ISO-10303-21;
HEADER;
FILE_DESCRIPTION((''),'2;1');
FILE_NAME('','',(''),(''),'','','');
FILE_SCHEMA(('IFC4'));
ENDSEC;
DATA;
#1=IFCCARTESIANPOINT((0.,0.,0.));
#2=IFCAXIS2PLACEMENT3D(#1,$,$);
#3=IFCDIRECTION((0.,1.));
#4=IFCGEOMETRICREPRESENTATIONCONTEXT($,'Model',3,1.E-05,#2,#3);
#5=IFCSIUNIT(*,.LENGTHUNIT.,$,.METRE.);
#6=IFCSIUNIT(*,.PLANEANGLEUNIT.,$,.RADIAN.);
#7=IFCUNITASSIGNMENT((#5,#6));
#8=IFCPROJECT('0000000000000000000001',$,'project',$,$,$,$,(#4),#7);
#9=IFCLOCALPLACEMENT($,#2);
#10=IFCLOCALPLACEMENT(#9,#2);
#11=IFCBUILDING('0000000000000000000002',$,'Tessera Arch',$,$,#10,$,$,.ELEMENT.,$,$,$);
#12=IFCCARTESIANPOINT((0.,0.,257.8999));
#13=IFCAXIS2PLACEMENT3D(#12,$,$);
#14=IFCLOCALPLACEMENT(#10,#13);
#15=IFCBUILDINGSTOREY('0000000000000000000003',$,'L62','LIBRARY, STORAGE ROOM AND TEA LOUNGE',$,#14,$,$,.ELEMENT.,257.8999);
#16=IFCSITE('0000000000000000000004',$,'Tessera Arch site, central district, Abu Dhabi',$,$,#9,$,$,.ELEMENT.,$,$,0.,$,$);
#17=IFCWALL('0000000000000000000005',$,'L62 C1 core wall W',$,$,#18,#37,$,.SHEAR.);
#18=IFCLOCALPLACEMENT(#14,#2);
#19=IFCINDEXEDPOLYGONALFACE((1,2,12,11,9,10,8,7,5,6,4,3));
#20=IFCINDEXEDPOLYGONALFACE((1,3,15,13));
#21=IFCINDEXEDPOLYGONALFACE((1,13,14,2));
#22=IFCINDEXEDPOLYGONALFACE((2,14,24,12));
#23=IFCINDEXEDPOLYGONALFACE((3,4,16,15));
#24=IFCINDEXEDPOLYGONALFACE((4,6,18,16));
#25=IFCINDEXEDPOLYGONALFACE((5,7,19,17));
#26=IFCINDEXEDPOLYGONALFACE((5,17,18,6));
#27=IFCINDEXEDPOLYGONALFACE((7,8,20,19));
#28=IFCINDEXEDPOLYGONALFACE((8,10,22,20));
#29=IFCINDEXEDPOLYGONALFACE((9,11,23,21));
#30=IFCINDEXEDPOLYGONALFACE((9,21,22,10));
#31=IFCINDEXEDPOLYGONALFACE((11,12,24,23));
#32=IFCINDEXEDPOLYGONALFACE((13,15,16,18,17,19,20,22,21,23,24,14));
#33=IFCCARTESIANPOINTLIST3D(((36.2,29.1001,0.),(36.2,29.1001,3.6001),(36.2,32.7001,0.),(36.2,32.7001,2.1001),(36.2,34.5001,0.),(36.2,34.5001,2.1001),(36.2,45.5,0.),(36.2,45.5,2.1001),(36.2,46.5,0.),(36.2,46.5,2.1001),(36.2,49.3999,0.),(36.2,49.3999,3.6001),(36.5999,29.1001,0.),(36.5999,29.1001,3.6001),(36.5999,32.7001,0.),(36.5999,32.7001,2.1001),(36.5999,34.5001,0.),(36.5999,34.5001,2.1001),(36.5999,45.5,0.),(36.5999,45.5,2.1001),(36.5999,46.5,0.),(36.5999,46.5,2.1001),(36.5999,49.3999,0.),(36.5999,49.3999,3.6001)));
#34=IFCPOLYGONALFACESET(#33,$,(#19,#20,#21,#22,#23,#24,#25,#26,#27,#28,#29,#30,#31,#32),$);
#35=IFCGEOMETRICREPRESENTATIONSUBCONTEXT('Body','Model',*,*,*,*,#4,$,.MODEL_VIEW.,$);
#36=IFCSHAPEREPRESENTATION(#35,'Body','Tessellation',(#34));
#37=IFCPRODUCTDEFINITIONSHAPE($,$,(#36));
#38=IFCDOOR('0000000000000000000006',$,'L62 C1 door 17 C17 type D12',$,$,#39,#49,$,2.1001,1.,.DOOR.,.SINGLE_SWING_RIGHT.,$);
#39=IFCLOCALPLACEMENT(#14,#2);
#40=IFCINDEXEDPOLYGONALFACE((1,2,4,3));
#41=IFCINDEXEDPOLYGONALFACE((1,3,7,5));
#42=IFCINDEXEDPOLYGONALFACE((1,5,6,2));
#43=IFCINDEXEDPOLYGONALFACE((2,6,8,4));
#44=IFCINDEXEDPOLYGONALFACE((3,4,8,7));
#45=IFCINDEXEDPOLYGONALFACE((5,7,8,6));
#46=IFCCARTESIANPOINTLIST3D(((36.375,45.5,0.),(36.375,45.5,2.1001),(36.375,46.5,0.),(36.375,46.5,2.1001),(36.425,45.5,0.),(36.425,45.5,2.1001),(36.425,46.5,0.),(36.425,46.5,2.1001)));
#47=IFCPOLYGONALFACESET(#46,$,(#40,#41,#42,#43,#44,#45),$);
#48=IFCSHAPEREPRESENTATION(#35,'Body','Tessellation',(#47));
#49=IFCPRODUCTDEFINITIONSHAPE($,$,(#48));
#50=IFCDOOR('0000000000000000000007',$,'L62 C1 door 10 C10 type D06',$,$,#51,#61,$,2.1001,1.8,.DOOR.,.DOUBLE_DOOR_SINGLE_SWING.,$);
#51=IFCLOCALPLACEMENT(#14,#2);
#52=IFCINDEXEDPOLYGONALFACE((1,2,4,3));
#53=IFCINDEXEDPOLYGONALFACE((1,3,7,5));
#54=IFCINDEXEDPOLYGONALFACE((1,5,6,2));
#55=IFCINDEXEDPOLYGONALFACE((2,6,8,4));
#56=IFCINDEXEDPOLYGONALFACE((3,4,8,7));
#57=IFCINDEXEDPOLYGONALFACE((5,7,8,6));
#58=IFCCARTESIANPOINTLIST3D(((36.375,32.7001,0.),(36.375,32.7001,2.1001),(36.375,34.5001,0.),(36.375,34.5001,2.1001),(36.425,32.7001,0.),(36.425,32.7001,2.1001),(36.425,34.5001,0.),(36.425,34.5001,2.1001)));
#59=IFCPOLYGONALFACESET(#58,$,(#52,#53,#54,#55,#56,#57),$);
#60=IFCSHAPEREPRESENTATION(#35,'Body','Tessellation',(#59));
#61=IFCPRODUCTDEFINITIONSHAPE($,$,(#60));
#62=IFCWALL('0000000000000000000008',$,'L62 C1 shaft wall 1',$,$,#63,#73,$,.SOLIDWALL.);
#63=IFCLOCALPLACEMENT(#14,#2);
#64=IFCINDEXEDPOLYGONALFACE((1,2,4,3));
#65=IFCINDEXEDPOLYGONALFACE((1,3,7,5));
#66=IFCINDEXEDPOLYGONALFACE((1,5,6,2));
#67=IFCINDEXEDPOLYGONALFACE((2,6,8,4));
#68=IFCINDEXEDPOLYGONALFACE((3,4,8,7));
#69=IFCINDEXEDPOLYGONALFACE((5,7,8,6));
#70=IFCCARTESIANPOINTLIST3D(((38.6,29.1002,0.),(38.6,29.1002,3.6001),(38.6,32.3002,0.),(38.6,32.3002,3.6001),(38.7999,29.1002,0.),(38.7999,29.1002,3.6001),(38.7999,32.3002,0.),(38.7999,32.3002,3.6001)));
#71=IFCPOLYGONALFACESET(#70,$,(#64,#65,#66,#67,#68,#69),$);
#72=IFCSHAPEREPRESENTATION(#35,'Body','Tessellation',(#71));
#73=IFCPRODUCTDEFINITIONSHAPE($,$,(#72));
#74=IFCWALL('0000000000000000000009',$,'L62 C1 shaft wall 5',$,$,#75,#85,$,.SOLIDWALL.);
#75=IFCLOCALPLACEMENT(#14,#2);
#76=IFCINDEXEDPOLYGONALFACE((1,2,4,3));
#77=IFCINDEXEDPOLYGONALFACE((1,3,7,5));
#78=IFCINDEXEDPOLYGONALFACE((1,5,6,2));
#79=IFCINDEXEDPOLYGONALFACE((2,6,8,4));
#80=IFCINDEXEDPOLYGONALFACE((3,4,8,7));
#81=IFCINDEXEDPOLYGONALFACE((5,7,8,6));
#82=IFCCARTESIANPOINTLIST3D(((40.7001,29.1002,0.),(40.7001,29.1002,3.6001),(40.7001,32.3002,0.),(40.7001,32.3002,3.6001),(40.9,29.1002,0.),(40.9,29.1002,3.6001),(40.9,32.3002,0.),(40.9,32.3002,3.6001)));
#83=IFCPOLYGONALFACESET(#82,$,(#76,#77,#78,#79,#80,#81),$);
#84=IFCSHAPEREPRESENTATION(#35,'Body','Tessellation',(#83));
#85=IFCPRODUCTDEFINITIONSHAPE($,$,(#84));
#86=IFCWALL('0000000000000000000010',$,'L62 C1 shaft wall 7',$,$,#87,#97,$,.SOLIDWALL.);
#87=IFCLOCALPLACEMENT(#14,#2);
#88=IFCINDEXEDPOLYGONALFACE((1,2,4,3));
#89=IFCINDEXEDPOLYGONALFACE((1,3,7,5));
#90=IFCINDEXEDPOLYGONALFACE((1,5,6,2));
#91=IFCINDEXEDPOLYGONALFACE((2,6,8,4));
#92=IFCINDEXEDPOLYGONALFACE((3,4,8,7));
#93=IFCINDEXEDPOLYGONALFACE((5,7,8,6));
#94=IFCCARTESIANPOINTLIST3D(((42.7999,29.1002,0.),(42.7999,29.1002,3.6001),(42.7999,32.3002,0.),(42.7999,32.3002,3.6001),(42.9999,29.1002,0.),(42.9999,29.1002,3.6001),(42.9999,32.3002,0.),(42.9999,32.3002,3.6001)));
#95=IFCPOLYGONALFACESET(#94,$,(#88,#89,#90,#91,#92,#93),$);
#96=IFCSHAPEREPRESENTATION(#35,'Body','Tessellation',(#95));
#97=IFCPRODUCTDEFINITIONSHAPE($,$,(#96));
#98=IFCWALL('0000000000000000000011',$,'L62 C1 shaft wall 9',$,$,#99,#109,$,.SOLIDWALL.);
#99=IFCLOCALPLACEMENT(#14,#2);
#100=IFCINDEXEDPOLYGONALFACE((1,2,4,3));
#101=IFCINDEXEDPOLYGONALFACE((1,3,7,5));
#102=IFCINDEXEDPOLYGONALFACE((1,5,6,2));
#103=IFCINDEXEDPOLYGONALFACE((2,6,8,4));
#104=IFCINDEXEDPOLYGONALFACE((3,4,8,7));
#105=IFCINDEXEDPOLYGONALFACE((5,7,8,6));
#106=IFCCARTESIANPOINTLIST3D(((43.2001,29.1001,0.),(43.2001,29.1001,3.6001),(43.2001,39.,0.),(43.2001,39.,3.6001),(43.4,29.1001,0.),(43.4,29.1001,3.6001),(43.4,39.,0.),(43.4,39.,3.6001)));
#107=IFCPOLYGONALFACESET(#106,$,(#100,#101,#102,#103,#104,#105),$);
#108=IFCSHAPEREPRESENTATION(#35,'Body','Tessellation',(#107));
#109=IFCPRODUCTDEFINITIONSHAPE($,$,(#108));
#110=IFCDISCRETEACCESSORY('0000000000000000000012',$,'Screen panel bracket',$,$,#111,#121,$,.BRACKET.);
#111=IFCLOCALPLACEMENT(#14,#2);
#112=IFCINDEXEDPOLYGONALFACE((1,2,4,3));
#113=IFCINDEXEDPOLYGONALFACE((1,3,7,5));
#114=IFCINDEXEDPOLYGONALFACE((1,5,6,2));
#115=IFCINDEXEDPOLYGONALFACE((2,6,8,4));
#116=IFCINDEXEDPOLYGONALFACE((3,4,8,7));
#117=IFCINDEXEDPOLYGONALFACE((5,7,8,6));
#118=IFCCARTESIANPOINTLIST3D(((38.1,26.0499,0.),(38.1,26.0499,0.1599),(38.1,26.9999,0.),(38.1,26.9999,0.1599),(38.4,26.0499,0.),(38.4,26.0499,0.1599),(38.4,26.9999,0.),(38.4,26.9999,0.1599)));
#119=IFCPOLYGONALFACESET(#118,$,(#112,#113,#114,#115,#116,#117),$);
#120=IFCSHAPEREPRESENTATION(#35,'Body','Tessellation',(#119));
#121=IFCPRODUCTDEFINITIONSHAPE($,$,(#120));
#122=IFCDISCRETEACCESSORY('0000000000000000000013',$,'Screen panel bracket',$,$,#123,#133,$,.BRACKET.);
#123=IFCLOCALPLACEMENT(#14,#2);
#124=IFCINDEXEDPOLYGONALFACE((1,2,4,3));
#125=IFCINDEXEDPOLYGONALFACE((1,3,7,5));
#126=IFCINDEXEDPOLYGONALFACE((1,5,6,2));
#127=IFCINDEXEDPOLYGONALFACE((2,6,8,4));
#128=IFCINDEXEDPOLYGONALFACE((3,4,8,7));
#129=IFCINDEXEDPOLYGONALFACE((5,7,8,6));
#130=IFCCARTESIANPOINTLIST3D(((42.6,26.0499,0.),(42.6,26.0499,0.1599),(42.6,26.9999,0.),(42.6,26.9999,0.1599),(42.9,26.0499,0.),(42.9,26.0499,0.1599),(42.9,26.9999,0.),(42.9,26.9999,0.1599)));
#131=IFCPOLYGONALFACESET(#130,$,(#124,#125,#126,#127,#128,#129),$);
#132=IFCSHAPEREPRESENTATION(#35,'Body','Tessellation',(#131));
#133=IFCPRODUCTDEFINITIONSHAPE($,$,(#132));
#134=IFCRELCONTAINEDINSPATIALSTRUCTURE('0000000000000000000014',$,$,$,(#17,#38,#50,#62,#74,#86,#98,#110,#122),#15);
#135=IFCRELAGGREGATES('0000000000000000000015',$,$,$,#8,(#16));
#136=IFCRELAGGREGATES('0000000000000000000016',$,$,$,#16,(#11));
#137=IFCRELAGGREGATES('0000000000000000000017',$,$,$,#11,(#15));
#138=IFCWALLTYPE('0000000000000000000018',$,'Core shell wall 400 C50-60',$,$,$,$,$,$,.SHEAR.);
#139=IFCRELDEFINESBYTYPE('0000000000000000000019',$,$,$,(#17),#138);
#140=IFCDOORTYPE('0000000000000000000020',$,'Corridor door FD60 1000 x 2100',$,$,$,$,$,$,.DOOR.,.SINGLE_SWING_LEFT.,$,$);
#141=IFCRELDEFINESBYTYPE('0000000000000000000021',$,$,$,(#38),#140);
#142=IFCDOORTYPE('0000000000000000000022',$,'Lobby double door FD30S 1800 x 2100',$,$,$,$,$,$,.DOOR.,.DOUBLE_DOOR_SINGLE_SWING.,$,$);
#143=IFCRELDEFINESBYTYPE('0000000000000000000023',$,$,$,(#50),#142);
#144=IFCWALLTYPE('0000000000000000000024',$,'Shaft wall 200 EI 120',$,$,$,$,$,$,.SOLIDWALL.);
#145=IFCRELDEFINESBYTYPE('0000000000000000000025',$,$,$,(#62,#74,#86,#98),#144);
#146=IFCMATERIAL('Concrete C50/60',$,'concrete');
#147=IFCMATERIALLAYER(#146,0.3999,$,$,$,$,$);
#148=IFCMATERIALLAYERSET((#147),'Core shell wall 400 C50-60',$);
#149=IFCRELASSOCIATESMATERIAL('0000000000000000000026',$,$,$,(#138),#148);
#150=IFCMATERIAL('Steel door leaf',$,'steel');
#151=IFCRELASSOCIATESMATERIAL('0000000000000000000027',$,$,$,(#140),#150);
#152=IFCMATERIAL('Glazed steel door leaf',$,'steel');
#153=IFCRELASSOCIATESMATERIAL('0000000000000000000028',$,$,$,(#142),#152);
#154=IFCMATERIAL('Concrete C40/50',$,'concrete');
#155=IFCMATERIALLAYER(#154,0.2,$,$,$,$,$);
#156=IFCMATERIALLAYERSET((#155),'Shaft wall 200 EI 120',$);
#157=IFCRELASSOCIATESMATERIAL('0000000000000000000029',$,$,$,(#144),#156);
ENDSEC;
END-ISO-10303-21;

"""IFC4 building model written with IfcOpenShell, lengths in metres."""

from ifc_helpers import new_model, si_unit, direction, frame, frame_2d, origin, origin_2d, place, context, subcontext, project, spatial, rectangle, extrude, material, layer, layer_set, type_object, element, fill, save


model = new_model("IFC4")

# Units and contexts
model_context = context("Model", 3, precision=1e-05, world=origin(), true_north=direction((0.0, 1.0)))
body_context = subcontext(model_context, "Body", "Model", "MODEL_VIEW")
ifc_project = project(units=[si_unit("LENGTHUNIT", "METRE"), si_unit("PLANEANGLEUNIT", "RADIAN")], contexts=[model_context])

# Site, building, storey
site_placement = place(None, origin())
site = spatial("IfcSite", under=ifc_project, at=site_placement, Name="Tessera Arch site, central district, Abu Dhabi", CompositionType="ELEMENT", RefElevation=0.0)
building_placement = place(site_placement, origin())
building = spatial("IfcBuilding", under=site, at=building_placement, Name="Tessera Arch", CompositionType="ELEMENT")
storey_placement = place(building_placement, frame((0.0, 0.0, 257.8999)))
storey = spatial("IfcBuildingStorey", under=building, at=storey_placement, Name="L62", Description="LIBRARY, STORAGE ROOM AND TEA LOUNGE", CompositionType="ELEMENT", Elevation=257.8999)

# Wall, openings, doors
ifc_material_1 = material(Name="Concrete C50/60", Category="concrete")
ifc_layer_1 = layer(ifc_material_1, 0.3999)
ifc_layer_set_1 = layer_set([ifc_layer_1], Name="Core shell wall 400 C50-60")
wall_type_1 = type_object("IfcWallType", Name="Core shell wall 400 C50-60", PredefinedType="SHEAR", material=ifc_layer_set_1)
wall_1_placement = place(storey_placement, frame((36.3999, 29.1001, 0.0), z_axis=(0.0, 0.0, 1.0), x_axis=(0.0, 1.0, 0.0)))
wall_1 = element("IfcWall", 1, at=wall_1_placement, inside=storey, type_object=wall_type_1, Name="L62 C1 core wall W", PredefinedType="SHEAR", context=body_context, shape_type="SweptSolid", body=[
    extrude(rectangle(XDim=20.2998, YDim=0.3999, at=frame_2d((10.1499, 0.0))), origin(), (0.0, 0.0, 1.0), 3.6001),
])
opening_1_placement = place(wall_1_placement, frame((3.6001, 0.0, 0.0)))
opening_1 = element("IfcOpeningElement", 2, at=opening_1_placement, cuts=wall_1, PredefinedType="OPENING", context=body_context, shape_type="SweptSolid", body=[
    extrude(rectangle(XDim=1.8, YDim=2.1001, at=frame_2d((0.8999, 1.05))), frame((0.0, 0.21, 0.0), z_axis=(0.0, -1.0, 0.0), x_axis=(1.0, 0.0, 0.0)), (0.0, 0.0, 1.0), 0.4199),
])
opening_2_placement = place(wall_1_placement, frame((16.3999, 0.0, 0.0)))
opening_2 = element("IfcOpeningElement", 3, at=opening_2_placement, cuts=wall_1, PredefinedType="OPENING", context=body_context, shape_type="SweptSolid", body=[
    extrude(rectangle(XDim=1.0, YDim=2.1001, at=frame_2d((0.5, 1.05))), frame((0.0, 0.21, 0.0), z_axis=(0.0, -1.0, 0.0), x_axis=(1.0, 0.0, 0.0)), (0.0, 0.0, 1.0), 0.4199),
])
ifc_material_2 = material(Name="Steel door leaf", Category="steel")
door_type_1 = type_object("IfcDoorType", Name="Corridor door FD60 1000 x 2100", OperationType="SINGLE_SWING_LEFT", PredefinedType="DOOR", material=ifc_material_2)
door_1_placement = place(opening_2_placement, origin())
door_1 = element("IfcDoor", 4, at=door_1_placement, inside=storey, type_object=door_type_1, Name="L62 C1 door 17 C17 type D12", OperationType="SINGLE_SWING_RIGHT", OverallHeight=2.1001, OverallWidth=1.0, PredefinedType="DOOR", context=body_context, shape_type="SweptSolid", body=[
    extrude(rectangle(XDim=1.0, YDim=2.1001, at=frame_2d((0.5, 1.05))), frame((0.0, 0.0249, 0.0), z_axis=(0.0, -1.0, 0.0), x_axis=(1.0, 0.0, 0.0)), (0.0, 0.0, 1.0), 0.05),
])
fill(opening_2, door_1)
ifc_material_3 = material(Name="Glazed steel door leaf", Category="steel")
door_type_2 = type_object("IfcDoorType", Name="Lobby double door FD30S 1800 x 2100", OperationType="DOUBLE_DOOR_SINGLE_SWING", PredefinedType="DOOR", material=ifc_material_3)
door_2_placement = place(opening_1_placement, origin())
door_2 = element("IfcDoor", 5, at=door_2_placement, inside=storey, type_object=door_type_2, Name="L62 C1 door 10 C10 type D06", OperationType="DOUBLE_DOOR_SINGLE_SWING", OverallHeight=2.1001, OverallWidth=1.8, PredefinedType="DOOR", context=body_context, shape_type="SweptSolid", body=[
    extrude(rectangle(XDim=1.8, YDim=2.1001, at=frame_2d((0.8999, 1.05))), frame((0.0, 0.0249, 0.0), z_axis=(0.0, -1.0, 0.0), x_axis=(1.0, 0.0, 0.0)), (0.0, 0.0, 1.0), 0.05),
])
fill(opening_1, door_2)

# Walls
ifc_material_4 = material(Name="Concrete C40/50", Category="concrete")
ifc_layer_2 = layer(ifc_material_4, 0.2)
ifc_layer_set_2 = layer_set([ifc_layer_2], Name="Shaft wall 200 EI 120")
wall_type_2 = type_object("IfcWallType", Name="Shaft wall 200 EI 120", PredefinedType="SOLIDWALL", material=ifc_layer_set_2)
for number, where, z_axis, x_axis, name in (
    (6, (38.7, 29.1001, 0.0), (0.0, 0.0, 1.0), (0.0, 1.0, 0.0), "L62 C1 shaft wall 1"),
    (7, (40.8, 29.1001, 0.0), (0.0, 0.0, 1.0), (0.0, 1.0, 0.0), "L62 C1 shaft wall 5"),
    (8, (42.8999, 29.1001, 0.0), (0.0, 0.0, 1.0), (0.0, 1.0, 0.0), "L62 C1 shaft wall 7"),
):
    element("IfcWall", number, at=place(storey_placement, frame(where, z_axis=z_axis, x_axis=x_axis)), inside=storey, type_object=wall_type_2, Name=name, PredefinedType="SOLIDWALL", context=body_context, shape_type="SweptSolid", body=[
        extrude(rectangle(XDim=3.2, YDim=0.2, at=frame_2d((1.6001, 0.0))), origin(), (0.0, 0.0, 1.0), 3.6001),
    ])
wall_2_placement = place(storey_placement, frame((43.3, 29.1001, 0.0), z_axis=(0.0, 0.0, 1.0), x_axis=(0.0, 1.0, 0.0)))
element("IfcWall", 9, at=wall_2_placement, inside=storey, type_object=wall_type_2, Name="L62 C1 shaft wall 9", PredefinedType="SOLIDWALL", context=body_context, shape_type="SweptSolid", body=[
    extrude(rectangle(XDim=9.8999, YDim=0.2, at=frame_2d((4.95, 0.0))), origin(), (0.0, 0.0, 1.0), 3.6001),
])

# Discrete accessories
for number, where, z_axis, x_axis, name in (
    (10, (38.25, 26.5249, 0.0), (0.0, 0.0, 1.0), (0.0, -1.0, 0.0), "Screen panel bracket"),
    (11, (42.75, 26.5249, 0.0), (0.0, 0.0, 1.0), (0.0, -1.0, 0.0), "Screen panel bracket"),
):
    element("IfcDiscreteAccessory", number, at=place(storey_placement, frame(where, z_axis=z_axis, x_axis=x_axis)), inside=storey, Name=name, PredefinedType="BRACKET", context=body_context, shape_type="SweptSolid", body=[
        extrude(rectangle(XDim=0.95, YDim=0.3, at=origin_2d()), origin(), (0.0, 0.0, 1.0), 0.1599),
    ])

save(model, "model.ifc")
